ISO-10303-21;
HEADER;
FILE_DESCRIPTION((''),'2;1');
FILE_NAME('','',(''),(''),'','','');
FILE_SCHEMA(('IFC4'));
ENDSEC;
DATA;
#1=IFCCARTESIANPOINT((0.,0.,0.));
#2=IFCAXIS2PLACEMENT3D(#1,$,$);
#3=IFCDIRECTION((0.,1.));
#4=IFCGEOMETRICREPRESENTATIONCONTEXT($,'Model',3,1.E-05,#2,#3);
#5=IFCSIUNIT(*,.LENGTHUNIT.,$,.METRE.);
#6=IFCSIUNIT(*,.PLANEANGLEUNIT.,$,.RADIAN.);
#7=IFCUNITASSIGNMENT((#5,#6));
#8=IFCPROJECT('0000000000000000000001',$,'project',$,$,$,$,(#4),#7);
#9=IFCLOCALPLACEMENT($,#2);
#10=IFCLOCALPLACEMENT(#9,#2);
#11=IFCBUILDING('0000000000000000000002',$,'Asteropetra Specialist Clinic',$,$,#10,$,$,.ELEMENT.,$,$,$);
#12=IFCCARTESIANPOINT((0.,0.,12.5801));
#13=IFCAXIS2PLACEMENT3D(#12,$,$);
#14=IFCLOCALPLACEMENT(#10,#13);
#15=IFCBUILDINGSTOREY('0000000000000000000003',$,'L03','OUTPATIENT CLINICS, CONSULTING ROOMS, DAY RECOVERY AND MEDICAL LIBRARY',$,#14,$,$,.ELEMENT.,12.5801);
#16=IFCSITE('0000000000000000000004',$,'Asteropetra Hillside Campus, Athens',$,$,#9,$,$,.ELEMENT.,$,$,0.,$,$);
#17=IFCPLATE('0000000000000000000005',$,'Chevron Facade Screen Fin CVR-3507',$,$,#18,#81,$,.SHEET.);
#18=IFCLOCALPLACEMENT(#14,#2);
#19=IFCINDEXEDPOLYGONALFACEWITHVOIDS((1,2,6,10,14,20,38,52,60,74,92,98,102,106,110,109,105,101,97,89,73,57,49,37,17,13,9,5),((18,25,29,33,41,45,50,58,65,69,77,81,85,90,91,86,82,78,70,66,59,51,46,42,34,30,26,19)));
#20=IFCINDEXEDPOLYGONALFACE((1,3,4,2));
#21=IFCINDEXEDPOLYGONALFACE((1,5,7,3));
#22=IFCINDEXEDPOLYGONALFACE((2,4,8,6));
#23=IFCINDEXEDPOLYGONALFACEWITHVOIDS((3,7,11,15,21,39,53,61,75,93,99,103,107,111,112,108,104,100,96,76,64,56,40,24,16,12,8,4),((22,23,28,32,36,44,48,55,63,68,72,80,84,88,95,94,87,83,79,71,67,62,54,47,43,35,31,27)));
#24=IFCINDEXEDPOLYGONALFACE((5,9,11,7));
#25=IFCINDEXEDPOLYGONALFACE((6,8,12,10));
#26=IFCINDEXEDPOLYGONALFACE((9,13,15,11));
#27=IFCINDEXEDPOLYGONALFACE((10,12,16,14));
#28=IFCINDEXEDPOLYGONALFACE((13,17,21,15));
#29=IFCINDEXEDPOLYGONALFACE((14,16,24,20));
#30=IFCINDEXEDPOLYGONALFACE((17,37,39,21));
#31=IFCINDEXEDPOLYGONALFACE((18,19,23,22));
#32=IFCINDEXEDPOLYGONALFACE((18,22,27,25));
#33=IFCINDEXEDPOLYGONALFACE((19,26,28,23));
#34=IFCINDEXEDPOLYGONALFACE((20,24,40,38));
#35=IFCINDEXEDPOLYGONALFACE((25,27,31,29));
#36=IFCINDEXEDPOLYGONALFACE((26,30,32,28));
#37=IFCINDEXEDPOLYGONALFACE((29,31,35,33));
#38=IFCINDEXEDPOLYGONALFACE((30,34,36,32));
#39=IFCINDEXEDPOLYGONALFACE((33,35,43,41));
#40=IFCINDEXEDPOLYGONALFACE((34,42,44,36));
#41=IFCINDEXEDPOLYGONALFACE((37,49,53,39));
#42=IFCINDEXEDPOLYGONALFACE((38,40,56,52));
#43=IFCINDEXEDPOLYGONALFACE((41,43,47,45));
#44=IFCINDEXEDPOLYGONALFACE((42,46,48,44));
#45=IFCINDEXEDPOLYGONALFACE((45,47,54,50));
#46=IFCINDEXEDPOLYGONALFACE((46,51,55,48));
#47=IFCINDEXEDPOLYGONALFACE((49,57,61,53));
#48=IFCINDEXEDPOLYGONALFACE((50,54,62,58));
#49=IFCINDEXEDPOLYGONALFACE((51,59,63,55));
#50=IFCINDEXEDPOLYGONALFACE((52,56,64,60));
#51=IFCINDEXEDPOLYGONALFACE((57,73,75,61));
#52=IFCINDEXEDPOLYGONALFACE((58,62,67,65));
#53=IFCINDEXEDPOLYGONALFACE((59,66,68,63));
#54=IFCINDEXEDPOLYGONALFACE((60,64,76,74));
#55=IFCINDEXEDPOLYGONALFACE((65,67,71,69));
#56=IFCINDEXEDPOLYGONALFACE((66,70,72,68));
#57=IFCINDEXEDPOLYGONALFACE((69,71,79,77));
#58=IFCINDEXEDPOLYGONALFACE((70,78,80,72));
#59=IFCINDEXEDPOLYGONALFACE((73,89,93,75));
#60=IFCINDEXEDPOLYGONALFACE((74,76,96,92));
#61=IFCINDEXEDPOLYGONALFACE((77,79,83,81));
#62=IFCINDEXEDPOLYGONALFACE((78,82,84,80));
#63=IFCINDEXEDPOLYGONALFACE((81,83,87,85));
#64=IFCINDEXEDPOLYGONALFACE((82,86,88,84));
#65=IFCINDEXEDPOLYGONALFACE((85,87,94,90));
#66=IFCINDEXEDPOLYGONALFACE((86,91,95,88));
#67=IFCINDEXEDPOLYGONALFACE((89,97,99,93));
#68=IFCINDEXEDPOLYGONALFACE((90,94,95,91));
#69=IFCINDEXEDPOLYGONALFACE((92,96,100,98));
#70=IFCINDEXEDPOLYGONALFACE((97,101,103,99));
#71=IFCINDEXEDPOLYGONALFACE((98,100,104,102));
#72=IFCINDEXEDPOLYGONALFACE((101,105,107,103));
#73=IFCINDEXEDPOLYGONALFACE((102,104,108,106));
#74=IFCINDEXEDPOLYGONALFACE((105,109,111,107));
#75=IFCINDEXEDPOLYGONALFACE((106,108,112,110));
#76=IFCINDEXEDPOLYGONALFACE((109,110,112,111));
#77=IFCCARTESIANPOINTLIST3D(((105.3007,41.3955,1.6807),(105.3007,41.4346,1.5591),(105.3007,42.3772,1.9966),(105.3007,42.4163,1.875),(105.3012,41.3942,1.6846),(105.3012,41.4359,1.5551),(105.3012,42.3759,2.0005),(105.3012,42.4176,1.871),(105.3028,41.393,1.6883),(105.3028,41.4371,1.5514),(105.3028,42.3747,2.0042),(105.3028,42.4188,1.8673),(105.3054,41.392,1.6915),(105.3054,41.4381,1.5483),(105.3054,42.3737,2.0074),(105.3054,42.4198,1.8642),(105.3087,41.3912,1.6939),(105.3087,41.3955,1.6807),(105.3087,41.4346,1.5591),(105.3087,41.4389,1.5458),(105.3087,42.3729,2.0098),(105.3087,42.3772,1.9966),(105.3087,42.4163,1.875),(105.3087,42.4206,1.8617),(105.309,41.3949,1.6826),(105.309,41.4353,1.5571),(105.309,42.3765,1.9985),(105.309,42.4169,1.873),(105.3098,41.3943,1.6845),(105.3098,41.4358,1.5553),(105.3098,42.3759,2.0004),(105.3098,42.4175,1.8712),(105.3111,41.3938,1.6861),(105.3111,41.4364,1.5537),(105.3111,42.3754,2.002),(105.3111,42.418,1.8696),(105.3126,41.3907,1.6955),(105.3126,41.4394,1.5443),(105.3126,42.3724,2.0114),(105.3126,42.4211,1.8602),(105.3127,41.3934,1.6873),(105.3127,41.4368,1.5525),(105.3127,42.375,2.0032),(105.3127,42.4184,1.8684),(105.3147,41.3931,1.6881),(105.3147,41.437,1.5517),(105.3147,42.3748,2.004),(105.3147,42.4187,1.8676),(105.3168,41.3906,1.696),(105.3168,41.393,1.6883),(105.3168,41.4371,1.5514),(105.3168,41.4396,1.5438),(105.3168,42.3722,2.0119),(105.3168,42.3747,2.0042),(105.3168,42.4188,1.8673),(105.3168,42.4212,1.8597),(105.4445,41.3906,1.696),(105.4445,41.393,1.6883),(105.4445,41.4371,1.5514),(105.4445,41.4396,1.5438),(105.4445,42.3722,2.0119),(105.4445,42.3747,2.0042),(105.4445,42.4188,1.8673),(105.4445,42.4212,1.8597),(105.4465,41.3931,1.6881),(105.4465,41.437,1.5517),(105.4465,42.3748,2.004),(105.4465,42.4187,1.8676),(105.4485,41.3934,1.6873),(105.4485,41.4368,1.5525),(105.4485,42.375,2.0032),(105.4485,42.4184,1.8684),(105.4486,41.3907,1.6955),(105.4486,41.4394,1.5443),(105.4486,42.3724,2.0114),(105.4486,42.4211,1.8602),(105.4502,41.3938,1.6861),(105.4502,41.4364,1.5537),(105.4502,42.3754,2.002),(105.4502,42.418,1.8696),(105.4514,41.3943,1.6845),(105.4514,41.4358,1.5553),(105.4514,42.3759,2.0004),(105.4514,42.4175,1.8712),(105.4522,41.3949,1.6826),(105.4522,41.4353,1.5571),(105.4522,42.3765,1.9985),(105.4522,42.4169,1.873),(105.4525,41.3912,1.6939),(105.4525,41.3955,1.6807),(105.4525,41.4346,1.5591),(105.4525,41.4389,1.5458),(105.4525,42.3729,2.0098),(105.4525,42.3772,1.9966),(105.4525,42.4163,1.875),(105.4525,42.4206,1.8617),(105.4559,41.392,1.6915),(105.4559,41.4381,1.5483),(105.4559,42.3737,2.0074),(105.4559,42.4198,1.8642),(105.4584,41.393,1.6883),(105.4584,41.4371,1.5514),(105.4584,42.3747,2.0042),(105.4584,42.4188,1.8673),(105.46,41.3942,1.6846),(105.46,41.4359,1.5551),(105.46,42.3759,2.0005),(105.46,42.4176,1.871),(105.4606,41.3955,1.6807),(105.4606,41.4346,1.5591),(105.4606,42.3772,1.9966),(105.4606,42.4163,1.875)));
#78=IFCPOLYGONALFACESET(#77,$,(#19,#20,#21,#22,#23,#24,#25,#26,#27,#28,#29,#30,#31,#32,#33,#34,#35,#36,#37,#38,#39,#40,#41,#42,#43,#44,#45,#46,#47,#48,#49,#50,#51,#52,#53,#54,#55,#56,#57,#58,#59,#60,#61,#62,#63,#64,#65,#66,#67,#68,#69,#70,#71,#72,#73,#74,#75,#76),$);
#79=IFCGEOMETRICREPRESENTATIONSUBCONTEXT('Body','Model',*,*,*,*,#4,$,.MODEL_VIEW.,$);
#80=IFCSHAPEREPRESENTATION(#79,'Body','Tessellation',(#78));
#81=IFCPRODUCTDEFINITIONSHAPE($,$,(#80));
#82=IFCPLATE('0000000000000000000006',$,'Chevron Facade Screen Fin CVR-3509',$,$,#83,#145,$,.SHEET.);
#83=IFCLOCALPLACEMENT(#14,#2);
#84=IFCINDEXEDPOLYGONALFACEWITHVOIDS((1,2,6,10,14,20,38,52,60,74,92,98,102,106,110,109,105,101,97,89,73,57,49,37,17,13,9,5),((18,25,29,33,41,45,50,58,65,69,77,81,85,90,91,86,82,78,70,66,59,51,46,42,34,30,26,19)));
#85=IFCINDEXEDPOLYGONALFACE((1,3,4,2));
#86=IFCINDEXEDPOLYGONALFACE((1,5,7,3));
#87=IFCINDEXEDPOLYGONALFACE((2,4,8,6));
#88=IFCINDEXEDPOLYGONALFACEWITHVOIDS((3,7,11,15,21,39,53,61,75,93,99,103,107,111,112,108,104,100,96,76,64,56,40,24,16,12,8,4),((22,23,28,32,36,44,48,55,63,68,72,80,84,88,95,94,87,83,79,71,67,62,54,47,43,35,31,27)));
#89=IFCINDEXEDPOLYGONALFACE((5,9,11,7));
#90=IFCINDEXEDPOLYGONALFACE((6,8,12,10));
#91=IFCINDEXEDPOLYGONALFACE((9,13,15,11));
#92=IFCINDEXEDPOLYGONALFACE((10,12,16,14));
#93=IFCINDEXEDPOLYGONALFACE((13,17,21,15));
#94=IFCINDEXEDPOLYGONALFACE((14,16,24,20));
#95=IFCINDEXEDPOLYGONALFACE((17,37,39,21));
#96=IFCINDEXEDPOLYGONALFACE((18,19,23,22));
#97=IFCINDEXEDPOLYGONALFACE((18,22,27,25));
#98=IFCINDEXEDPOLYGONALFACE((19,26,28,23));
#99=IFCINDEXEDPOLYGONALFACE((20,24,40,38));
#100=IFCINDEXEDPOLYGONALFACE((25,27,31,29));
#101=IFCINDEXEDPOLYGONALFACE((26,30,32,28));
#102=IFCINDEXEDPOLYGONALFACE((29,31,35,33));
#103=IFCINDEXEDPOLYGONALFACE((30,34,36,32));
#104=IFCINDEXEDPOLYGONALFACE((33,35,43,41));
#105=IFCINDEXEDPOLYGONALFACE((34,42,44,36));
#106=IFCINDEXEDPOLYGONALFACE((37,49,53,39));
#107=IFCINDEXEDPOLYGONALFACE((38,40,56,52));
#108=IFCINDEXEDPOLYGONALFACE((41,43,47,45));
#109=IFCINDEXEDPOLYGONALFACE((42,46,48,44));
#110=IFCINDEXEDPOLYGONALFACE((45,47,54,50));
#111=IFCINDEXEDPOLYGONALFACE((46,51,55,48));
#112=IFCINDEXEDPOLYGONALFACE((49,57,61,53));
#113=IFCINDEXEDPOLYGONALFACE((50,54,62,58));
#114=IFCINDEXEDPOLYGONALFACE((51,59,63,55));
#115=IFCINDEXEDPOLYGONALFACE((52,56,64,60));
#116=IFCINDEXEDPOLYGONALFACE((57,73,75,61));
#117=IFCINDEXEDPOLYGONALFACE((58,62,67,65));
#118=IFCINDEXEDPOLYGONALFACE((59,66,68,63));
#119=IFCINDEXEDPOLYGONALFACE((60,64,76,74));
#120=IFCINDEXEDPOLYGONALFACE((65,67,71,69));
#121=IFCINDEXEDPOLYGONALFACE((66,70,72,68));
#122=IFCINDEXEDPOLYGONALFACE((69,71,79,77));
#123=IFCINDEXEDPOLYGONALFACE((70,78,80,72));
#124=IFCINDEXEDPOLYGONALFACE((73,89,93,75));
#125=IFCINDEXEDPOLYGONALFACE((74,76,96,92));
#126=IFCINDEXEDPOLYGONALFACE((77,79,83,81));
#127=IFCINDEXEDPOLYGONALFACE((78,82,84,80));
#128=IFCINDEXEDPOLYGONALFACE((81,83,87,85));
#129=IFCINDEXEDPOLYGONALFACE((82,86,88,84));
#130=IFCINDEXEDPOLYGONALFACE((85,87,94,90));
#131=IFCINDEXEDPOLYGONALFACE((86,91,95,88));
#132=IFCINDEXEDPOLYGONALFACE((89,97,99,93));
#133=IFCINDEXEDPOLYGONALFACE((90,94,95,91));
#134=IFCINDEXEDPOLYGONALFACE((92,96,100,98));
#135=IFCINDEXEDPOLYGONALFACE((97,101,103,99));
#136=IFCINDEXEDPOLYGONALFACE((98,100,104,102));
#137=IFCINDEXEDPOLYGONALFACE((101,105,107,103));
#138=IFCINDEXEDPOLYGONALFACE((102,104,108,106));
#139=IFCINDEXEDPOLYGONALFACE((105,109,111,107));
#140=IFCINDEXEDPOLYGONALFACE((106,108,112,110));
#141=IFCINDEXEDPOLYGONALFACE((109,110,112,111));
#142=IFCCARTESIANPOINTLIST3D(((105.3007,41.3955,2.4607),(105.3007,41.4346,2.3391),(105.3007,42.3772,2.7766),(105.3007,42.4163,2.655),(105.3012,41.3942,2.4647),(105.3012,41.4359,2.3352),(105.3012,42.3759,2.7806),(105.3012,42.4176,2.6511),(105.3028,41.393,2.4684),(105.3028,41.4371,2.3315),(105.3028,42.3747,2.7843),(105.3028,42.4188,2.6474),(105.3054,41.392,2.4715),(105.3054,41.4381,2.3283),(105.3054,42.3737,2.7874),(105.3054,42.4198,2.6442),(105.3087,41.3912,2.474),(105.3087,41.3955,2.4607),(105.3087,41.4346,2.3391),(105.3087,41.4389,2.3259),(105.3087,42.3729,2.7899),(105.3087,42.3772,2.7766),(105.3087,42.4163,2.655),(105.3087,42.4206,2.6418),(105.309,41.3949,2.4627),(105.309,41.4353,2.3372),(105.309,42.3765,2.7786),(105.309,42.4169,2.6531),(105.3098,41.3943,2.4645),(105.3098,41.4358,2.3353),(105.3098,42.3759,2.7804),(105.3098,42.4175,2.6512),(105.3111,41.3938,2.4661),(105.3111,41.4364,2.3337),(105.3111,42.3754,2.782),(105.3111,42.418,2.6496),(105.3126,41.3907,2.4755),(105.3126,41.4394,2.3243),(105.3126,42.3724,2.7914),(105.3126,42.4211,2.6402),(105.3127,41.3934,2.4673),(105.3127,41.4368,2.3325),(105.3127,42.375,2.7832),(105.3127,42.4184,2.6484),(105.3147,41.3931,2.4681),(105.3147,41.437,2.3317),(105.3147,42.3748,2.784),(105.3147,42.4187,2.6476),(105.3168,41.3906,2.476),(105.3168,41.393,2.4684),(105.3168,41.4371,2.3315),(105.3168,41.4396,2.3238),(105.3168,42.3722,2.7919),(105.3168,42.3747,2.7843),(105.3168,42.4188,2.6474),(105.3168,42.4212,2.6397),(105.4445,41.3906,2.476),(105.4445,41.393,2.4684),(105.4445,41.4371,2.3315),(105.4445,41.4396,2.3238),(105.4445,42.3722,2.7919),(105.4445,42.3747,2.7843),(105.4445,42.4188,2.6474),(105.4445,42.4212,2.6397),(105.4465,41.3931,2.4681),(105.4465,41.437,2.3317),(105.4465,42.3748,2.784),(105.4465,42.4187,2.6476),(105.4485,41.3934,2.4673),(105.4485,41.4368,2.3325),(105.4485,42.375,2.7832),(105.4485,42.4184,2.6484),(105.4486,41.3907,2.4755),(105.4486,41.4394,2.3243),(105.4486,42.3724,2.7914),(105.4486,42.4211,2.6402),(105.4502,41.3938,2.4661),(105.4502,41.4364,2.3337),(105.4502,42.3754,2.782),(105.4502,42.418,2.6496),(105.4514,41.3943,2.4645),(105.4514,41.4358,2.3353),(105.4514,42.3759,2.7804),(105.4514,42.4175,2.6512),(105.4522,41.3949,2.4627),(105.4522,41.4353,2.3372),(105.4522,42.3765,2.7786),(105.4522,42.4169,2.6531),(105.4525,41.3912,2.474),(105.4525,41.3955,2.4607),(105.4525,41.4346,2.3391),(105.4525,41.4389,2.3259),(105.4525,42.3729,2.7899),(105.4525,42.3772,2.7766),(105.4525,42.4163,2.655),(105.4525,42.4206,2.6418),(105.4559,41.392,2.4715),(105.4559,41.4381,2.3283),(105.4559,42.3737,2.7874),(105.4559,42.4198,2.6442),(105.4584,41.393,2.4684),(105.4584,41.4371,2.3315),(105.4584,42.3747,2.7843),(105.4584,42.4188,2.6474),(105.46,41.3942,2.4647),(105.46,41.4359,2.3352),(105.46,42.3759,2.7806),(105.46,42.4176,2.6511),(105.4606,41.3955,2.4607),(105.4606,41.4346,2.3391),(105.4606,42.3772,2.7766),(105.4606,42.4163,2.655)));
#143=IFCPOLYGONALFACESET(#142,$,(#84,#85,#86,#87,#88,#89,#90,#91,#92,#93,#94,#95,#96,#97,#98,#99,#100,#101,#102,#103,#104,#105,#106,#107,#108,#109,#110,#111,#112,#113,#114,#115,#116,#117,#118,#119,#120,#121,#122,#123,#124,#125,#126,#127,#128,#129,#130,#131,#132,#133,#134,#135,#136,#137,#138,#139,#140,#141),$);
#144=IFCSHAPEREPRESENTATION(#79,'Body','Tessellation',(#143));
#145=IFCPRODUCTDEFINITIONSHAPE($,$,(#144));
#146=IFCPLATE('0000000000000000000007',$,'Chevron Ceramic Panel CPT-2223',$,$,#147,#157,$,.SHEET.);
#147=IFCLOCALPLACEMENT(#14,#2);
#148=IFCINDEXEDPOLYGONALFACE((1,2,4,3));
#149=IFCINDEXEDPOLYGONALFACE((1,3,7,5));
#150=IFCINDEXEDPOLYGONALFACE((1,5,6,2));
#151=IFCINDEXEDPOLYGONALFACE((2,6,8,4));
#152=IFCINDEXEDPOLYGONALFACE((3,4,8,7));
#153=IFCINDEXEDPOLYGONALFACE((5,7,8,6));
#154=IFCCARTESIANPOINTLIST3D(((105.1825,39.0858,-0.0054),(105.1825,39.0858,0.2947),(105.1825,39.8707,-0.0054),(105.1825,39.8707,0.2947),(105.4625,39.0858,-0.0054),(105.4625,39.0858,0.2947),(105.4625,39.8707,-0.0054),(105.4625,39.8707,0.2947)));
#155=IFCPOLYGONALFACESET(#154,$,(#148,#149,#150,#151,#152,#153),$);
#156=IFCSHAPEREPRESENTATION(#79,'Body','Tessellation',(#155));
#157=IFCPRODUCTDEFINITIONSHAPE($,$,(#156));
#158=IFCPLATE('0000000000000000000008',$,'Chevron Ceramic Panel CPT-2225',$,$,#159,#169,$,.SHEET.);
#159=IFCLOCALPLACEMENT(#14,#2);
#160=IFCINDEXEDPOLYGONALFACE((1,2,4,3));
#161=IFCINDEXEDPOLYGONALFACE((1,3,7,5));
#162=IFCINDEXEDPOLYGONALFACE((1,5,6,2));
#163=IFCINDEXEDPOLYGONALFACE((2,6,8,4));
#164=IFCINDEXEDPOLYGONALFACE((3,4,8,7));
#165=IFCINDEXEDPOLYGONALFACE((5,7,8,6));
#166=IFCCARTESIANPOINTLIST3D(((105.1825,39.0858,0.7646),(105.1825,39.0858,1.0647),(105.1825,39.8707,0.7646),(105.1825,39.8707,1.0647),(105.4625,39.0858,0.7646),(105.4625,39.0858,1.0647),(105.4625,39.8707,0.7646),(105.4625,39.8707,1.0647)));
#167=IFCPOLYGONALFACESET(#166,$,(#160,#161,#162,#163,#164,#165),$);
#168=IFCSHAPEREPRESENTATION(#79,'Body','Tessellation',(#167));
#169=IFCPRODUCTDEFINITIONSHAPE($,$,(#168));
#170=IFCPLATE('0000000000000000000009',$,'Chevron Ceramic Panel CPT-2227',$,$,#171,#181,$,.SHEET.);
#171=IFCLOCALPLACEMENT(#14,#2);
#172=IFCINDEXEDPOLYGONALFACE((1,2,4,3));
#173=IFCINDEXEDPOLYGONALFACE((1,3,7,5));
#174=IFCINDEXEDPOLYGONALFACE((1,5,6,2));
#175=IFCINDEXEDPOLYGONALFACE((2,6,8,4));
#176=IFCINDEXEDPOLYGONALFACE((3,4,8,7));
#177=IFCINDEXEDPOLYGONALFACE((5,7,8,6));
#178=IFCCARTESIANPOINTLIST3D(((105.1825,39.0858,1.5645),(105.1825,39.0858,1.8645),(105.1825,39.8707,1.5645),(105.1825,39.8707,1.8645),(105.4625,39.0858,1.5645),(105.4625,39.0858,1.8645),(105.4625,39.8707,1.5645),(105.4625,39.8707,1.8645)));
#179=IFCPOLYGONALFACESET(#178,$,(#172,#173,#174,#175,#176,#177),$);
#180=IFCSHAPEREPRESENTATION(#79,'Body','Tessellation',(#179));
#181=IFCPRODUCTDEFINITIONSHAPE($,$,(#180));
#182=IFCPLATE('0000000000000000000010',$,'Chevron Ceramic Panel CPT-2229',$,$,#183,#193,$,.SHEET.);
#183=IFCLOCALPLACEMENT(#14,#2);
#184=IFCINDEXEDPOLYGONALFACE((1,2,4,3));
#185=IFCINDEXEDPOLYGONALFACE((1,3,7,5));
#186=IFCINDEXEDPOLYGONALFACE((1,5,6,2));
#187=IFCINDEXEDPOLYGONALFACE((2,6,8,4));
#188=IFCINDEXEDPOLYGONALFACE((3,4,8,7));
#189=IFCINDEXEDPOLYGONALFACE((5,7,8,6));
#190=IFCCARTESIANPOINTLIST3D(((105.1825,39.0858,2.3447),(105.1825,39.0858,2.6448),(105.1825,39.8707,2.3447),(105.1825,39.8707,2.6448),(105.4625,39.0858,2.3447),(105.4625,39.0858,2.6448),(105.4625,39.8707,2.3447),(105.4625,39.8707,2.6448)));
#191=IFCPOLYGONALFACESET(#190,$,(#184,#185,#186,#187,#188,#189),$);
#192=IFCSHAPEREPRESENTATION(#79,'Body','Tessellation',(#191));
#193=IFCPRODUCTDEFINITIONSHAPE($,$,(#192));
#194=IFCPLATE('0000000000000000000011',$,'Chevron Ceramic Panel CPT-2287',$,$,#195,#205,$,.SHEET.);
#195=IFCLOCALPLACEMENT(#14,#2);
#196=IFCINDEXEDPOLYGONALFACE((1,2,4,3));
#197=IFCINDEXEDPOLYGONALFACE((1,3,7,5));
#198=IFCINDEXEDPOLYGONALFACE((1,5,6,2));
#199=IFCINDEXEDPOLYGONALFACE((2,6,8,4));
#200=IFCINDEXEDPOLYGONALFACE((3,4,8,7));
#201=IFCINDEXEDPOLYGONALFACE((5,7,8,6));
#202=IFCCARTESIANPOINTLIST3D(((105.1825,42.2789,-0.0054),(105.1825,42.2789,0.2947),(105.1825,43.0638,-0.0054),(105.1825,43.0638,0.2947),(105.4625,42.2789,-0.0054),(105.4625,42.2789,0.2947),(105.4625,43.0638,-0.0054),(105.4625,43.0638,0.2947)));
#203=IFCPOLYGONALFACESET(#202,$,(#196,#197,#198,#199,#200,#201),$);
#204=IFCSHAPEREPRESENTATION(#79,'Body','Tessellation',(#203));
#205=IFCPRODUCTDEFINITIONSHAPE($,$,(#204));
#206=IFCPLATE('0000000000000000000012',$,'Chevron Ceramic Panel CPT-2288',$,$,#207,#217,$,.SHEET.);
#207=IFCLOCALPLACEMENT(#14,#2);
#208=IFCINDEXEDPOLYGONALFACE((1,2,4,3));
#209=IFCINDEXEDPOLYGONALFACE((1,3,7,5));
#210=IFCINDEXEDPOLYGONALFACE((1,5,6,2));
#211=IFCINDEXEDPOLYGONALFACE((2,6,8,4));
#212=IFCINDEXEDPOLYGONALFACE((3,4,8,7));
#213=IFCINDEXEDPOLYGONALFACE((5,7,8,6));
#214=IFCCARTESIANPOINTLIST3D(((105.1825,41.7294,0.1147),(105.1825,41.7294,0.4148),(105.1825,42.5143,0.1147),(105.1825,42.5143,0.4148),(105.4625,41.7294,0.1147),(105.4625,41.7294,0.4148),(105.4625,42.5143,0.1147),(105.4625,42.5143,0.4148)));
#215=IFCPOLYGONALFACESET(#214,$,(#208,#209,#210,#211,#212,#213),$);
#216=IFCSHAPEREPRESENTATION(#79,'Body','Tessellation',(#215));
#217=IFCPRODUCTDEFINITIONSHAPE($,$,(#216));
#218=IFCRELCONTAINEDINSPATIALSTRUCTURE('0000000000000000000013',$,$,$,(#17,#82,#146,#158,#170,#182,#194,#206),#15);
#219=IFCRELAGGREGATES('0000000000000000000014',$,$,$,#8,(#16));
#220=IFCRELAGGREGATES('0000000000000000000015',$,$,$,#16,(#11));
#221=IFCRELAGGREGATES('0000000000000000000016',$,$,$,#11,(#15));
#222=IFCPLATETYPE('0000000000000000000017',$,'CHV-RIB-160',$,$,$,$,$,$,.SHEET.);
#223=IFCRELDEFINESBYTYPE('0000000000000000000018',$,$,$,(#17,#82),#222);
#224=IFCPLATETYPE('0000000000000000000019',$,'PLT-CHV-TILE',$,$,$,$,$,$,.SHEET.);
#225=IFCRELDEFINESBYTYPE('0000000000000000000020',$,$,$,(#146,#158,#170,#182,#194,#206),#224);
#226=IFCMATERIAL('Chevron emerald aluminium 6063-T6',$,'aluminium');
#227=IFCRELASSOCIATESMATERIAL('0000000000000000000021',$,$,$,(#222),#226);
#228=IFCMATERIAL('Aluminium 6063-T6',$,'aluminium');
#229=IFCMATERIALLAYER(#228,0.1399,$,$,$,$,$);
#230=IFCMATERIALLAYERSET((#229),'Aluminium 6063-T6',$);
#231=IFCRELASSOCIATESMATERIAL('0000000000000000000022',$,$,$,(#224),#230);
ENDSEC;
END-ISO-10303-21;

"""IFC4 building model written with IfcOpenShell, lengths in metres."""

from ifc_helpers import new_model, si_unit, direction, frame, origin, origin_2d, place, context, subcontext, project, spatial, rectangle, hollow_rectangle, extrude, material, layer, layer_set, material_profile, profile_set, type_object, element, save


model = new_model("IFC4")

# Units and contexts
model_context = context("Model", 3, precision=1e-05, world=origin(), true_north=direction((0.0, 1.0)))
body_context = subcontext(model_context, "Body", "Model", "MODEL_VIEW")
ifc_project = project(units=[si_unit("LENGTHUNIT", "METRE"), si_unit("PLANEANGLEUNIT", "RADIAN")], contexts=[model_context])

# Site, building, storey
site_placement = place(None, origin())
site = spatial("IfcSite", under=ifc_project, at=site_placement, Name="Asteropetra Hillside Campus, Athens", CompositionType="ELEMENT", RefElevation=0.0)
building_placement = place(site_placement, origin())
building = spatial("IfcBuilding", under=site, at=building_placement, Name="Asteropetra Specialist Clinic", CompositionType="ELEMENT")
storey_placement = place(building_placement, frame((0.0, 0.0, 12.5801)))
storey = spatial("IfcBuildingStorey", under=building, at=storey_placement, Name="L03", Description="OUTPATIENT CLINICS, CONSULTING ROOMS, DAY RECOVERY AND MEDICAL LIBRARY", CompositionType="ELEMENT", Elevation=12.5801)

# Plates
ifc_material_1 = material(Name="Chevron emerald aluminium 6063-T6", Category="aluminium")
ifc_material_profile_1 = material_profile(ifc_material_1, hollow_rectangle(XDim=0.1599, YDim=0.1599, WallThickness=0.0081, InnerFilletRadius=0.0081, OuterFilletRadius=0.0161, at=origin_2d()), Name="SHS 160x160x8.0")
ifc_profile_set_1 = profile_set([ifc_material_profile_1], Name="Chevron emerald aluminium 6063-T6")
plate_type_1 = type_object("IfcPlateType", Name="CHV-RIB-160", PredefinedType="SHEET", material=ifc_profile_set_1)
for number, where, z_axis, x_axis, name in (
    (1, (105.3806, 42.3967, 1.9358), (0.0, -0.951923, -0.306339), (1.0, 0.0, 0.0), "Chevron Facade Screen Fin CVR-3507"),
    (2, (105.3806, 42.3967, 2.7158), (0.0, -0.951923, -0.306339), (1.0, 0.0, 0.0), "Chevron Facade Screen Fin CVR-3509"),
):
    element("IfcPlate", number, at=place(storey_placement, frame(where, z_axis=z_axis, x_axis=x_axis)), inside=storey, type_object=plate_type_1, Name=name, PredefinedType="SHEET", context=body_context, shape_type="SweptSolid", body=[
        extrude(hollow_rectangle(XDim=0.1599, YDim=0.1599, WallThickness=0.0081, InnerFilletRadius=0.0081, OuterFilletRadius=0.0161, at=origin_2d()), origin(), (0.0, 0.0, 1.0), 1.0312),
    ])
ifc_material_2 = material(Name="Aluminium 6063-T6", Category="aluminium")
ifc_layer_1 = layer(ifc_material_2, 0.1399)
ifc_layer_set_1 = layer_set([ifc_layer_1], Name="Aluminium 6063-T6")
plate_type_2 = type_object("IfcPlateType", Name="PLT-CHV-TILE", PredefinedType="SHEET", material=ifc_layer_set_1)
for number, where, z_axis, x_axis, name in (
    (3, (105.3225, 39.4783, -0.0054), (0.0, 0.0, 1.0), (1.0, 0.0, 0.0), "Chevron Ceramic Panel CPT-2223"),
    (4, (105.3225, 39.4783, 0.7646), (0.0, 0.0, 1.0), (1.0, 0.0, 0.0), "Chevron Ceramic Panel CPT-2225"),
    (5, (105.3225, 39.4783, 1.5645), (0.0, 0.0, 1.0), (1.0, 0.0, 0.0), "Chevron Ceramic Panel CPT-2227"),
    (6, (105.3225, 39.4783, 2.3447), (0.0, 0.0, 1.0), (1.0, 0.0, 0.0), "Chevron Ceramic Panel CPT-2229"),
    (7, (105.3225, 42.6714, -0.0054), (0.0, 0.0, 1.0), (1.0, 0.0, 0.0), "Chevron Ceramic Panel CPT-2287"),
    (8, (105.3225, 42.1218, 0.1147), (0.0, 0.0, 1.0), (1.0, 0.0, 0.0), "Chevron Ceramic Panel CPT-2288"),
):
    element("IfcPlate", number, at=place(storey_placement, frame(where, z_axis=z_axis, x_axis=x_axis)), inside=storey, type_object=plate_type_2, Name=name, PredefinedType="SHEET", context=body_context, shape_type="SweptSolid", body=[
        extrude(rectangle(XDim=0.28, YDim=0.7849, at=origin_2d()), origin(), (0.0, 0.0, 1.0), 0.3),
    ])

save(model, "model.ifc")
